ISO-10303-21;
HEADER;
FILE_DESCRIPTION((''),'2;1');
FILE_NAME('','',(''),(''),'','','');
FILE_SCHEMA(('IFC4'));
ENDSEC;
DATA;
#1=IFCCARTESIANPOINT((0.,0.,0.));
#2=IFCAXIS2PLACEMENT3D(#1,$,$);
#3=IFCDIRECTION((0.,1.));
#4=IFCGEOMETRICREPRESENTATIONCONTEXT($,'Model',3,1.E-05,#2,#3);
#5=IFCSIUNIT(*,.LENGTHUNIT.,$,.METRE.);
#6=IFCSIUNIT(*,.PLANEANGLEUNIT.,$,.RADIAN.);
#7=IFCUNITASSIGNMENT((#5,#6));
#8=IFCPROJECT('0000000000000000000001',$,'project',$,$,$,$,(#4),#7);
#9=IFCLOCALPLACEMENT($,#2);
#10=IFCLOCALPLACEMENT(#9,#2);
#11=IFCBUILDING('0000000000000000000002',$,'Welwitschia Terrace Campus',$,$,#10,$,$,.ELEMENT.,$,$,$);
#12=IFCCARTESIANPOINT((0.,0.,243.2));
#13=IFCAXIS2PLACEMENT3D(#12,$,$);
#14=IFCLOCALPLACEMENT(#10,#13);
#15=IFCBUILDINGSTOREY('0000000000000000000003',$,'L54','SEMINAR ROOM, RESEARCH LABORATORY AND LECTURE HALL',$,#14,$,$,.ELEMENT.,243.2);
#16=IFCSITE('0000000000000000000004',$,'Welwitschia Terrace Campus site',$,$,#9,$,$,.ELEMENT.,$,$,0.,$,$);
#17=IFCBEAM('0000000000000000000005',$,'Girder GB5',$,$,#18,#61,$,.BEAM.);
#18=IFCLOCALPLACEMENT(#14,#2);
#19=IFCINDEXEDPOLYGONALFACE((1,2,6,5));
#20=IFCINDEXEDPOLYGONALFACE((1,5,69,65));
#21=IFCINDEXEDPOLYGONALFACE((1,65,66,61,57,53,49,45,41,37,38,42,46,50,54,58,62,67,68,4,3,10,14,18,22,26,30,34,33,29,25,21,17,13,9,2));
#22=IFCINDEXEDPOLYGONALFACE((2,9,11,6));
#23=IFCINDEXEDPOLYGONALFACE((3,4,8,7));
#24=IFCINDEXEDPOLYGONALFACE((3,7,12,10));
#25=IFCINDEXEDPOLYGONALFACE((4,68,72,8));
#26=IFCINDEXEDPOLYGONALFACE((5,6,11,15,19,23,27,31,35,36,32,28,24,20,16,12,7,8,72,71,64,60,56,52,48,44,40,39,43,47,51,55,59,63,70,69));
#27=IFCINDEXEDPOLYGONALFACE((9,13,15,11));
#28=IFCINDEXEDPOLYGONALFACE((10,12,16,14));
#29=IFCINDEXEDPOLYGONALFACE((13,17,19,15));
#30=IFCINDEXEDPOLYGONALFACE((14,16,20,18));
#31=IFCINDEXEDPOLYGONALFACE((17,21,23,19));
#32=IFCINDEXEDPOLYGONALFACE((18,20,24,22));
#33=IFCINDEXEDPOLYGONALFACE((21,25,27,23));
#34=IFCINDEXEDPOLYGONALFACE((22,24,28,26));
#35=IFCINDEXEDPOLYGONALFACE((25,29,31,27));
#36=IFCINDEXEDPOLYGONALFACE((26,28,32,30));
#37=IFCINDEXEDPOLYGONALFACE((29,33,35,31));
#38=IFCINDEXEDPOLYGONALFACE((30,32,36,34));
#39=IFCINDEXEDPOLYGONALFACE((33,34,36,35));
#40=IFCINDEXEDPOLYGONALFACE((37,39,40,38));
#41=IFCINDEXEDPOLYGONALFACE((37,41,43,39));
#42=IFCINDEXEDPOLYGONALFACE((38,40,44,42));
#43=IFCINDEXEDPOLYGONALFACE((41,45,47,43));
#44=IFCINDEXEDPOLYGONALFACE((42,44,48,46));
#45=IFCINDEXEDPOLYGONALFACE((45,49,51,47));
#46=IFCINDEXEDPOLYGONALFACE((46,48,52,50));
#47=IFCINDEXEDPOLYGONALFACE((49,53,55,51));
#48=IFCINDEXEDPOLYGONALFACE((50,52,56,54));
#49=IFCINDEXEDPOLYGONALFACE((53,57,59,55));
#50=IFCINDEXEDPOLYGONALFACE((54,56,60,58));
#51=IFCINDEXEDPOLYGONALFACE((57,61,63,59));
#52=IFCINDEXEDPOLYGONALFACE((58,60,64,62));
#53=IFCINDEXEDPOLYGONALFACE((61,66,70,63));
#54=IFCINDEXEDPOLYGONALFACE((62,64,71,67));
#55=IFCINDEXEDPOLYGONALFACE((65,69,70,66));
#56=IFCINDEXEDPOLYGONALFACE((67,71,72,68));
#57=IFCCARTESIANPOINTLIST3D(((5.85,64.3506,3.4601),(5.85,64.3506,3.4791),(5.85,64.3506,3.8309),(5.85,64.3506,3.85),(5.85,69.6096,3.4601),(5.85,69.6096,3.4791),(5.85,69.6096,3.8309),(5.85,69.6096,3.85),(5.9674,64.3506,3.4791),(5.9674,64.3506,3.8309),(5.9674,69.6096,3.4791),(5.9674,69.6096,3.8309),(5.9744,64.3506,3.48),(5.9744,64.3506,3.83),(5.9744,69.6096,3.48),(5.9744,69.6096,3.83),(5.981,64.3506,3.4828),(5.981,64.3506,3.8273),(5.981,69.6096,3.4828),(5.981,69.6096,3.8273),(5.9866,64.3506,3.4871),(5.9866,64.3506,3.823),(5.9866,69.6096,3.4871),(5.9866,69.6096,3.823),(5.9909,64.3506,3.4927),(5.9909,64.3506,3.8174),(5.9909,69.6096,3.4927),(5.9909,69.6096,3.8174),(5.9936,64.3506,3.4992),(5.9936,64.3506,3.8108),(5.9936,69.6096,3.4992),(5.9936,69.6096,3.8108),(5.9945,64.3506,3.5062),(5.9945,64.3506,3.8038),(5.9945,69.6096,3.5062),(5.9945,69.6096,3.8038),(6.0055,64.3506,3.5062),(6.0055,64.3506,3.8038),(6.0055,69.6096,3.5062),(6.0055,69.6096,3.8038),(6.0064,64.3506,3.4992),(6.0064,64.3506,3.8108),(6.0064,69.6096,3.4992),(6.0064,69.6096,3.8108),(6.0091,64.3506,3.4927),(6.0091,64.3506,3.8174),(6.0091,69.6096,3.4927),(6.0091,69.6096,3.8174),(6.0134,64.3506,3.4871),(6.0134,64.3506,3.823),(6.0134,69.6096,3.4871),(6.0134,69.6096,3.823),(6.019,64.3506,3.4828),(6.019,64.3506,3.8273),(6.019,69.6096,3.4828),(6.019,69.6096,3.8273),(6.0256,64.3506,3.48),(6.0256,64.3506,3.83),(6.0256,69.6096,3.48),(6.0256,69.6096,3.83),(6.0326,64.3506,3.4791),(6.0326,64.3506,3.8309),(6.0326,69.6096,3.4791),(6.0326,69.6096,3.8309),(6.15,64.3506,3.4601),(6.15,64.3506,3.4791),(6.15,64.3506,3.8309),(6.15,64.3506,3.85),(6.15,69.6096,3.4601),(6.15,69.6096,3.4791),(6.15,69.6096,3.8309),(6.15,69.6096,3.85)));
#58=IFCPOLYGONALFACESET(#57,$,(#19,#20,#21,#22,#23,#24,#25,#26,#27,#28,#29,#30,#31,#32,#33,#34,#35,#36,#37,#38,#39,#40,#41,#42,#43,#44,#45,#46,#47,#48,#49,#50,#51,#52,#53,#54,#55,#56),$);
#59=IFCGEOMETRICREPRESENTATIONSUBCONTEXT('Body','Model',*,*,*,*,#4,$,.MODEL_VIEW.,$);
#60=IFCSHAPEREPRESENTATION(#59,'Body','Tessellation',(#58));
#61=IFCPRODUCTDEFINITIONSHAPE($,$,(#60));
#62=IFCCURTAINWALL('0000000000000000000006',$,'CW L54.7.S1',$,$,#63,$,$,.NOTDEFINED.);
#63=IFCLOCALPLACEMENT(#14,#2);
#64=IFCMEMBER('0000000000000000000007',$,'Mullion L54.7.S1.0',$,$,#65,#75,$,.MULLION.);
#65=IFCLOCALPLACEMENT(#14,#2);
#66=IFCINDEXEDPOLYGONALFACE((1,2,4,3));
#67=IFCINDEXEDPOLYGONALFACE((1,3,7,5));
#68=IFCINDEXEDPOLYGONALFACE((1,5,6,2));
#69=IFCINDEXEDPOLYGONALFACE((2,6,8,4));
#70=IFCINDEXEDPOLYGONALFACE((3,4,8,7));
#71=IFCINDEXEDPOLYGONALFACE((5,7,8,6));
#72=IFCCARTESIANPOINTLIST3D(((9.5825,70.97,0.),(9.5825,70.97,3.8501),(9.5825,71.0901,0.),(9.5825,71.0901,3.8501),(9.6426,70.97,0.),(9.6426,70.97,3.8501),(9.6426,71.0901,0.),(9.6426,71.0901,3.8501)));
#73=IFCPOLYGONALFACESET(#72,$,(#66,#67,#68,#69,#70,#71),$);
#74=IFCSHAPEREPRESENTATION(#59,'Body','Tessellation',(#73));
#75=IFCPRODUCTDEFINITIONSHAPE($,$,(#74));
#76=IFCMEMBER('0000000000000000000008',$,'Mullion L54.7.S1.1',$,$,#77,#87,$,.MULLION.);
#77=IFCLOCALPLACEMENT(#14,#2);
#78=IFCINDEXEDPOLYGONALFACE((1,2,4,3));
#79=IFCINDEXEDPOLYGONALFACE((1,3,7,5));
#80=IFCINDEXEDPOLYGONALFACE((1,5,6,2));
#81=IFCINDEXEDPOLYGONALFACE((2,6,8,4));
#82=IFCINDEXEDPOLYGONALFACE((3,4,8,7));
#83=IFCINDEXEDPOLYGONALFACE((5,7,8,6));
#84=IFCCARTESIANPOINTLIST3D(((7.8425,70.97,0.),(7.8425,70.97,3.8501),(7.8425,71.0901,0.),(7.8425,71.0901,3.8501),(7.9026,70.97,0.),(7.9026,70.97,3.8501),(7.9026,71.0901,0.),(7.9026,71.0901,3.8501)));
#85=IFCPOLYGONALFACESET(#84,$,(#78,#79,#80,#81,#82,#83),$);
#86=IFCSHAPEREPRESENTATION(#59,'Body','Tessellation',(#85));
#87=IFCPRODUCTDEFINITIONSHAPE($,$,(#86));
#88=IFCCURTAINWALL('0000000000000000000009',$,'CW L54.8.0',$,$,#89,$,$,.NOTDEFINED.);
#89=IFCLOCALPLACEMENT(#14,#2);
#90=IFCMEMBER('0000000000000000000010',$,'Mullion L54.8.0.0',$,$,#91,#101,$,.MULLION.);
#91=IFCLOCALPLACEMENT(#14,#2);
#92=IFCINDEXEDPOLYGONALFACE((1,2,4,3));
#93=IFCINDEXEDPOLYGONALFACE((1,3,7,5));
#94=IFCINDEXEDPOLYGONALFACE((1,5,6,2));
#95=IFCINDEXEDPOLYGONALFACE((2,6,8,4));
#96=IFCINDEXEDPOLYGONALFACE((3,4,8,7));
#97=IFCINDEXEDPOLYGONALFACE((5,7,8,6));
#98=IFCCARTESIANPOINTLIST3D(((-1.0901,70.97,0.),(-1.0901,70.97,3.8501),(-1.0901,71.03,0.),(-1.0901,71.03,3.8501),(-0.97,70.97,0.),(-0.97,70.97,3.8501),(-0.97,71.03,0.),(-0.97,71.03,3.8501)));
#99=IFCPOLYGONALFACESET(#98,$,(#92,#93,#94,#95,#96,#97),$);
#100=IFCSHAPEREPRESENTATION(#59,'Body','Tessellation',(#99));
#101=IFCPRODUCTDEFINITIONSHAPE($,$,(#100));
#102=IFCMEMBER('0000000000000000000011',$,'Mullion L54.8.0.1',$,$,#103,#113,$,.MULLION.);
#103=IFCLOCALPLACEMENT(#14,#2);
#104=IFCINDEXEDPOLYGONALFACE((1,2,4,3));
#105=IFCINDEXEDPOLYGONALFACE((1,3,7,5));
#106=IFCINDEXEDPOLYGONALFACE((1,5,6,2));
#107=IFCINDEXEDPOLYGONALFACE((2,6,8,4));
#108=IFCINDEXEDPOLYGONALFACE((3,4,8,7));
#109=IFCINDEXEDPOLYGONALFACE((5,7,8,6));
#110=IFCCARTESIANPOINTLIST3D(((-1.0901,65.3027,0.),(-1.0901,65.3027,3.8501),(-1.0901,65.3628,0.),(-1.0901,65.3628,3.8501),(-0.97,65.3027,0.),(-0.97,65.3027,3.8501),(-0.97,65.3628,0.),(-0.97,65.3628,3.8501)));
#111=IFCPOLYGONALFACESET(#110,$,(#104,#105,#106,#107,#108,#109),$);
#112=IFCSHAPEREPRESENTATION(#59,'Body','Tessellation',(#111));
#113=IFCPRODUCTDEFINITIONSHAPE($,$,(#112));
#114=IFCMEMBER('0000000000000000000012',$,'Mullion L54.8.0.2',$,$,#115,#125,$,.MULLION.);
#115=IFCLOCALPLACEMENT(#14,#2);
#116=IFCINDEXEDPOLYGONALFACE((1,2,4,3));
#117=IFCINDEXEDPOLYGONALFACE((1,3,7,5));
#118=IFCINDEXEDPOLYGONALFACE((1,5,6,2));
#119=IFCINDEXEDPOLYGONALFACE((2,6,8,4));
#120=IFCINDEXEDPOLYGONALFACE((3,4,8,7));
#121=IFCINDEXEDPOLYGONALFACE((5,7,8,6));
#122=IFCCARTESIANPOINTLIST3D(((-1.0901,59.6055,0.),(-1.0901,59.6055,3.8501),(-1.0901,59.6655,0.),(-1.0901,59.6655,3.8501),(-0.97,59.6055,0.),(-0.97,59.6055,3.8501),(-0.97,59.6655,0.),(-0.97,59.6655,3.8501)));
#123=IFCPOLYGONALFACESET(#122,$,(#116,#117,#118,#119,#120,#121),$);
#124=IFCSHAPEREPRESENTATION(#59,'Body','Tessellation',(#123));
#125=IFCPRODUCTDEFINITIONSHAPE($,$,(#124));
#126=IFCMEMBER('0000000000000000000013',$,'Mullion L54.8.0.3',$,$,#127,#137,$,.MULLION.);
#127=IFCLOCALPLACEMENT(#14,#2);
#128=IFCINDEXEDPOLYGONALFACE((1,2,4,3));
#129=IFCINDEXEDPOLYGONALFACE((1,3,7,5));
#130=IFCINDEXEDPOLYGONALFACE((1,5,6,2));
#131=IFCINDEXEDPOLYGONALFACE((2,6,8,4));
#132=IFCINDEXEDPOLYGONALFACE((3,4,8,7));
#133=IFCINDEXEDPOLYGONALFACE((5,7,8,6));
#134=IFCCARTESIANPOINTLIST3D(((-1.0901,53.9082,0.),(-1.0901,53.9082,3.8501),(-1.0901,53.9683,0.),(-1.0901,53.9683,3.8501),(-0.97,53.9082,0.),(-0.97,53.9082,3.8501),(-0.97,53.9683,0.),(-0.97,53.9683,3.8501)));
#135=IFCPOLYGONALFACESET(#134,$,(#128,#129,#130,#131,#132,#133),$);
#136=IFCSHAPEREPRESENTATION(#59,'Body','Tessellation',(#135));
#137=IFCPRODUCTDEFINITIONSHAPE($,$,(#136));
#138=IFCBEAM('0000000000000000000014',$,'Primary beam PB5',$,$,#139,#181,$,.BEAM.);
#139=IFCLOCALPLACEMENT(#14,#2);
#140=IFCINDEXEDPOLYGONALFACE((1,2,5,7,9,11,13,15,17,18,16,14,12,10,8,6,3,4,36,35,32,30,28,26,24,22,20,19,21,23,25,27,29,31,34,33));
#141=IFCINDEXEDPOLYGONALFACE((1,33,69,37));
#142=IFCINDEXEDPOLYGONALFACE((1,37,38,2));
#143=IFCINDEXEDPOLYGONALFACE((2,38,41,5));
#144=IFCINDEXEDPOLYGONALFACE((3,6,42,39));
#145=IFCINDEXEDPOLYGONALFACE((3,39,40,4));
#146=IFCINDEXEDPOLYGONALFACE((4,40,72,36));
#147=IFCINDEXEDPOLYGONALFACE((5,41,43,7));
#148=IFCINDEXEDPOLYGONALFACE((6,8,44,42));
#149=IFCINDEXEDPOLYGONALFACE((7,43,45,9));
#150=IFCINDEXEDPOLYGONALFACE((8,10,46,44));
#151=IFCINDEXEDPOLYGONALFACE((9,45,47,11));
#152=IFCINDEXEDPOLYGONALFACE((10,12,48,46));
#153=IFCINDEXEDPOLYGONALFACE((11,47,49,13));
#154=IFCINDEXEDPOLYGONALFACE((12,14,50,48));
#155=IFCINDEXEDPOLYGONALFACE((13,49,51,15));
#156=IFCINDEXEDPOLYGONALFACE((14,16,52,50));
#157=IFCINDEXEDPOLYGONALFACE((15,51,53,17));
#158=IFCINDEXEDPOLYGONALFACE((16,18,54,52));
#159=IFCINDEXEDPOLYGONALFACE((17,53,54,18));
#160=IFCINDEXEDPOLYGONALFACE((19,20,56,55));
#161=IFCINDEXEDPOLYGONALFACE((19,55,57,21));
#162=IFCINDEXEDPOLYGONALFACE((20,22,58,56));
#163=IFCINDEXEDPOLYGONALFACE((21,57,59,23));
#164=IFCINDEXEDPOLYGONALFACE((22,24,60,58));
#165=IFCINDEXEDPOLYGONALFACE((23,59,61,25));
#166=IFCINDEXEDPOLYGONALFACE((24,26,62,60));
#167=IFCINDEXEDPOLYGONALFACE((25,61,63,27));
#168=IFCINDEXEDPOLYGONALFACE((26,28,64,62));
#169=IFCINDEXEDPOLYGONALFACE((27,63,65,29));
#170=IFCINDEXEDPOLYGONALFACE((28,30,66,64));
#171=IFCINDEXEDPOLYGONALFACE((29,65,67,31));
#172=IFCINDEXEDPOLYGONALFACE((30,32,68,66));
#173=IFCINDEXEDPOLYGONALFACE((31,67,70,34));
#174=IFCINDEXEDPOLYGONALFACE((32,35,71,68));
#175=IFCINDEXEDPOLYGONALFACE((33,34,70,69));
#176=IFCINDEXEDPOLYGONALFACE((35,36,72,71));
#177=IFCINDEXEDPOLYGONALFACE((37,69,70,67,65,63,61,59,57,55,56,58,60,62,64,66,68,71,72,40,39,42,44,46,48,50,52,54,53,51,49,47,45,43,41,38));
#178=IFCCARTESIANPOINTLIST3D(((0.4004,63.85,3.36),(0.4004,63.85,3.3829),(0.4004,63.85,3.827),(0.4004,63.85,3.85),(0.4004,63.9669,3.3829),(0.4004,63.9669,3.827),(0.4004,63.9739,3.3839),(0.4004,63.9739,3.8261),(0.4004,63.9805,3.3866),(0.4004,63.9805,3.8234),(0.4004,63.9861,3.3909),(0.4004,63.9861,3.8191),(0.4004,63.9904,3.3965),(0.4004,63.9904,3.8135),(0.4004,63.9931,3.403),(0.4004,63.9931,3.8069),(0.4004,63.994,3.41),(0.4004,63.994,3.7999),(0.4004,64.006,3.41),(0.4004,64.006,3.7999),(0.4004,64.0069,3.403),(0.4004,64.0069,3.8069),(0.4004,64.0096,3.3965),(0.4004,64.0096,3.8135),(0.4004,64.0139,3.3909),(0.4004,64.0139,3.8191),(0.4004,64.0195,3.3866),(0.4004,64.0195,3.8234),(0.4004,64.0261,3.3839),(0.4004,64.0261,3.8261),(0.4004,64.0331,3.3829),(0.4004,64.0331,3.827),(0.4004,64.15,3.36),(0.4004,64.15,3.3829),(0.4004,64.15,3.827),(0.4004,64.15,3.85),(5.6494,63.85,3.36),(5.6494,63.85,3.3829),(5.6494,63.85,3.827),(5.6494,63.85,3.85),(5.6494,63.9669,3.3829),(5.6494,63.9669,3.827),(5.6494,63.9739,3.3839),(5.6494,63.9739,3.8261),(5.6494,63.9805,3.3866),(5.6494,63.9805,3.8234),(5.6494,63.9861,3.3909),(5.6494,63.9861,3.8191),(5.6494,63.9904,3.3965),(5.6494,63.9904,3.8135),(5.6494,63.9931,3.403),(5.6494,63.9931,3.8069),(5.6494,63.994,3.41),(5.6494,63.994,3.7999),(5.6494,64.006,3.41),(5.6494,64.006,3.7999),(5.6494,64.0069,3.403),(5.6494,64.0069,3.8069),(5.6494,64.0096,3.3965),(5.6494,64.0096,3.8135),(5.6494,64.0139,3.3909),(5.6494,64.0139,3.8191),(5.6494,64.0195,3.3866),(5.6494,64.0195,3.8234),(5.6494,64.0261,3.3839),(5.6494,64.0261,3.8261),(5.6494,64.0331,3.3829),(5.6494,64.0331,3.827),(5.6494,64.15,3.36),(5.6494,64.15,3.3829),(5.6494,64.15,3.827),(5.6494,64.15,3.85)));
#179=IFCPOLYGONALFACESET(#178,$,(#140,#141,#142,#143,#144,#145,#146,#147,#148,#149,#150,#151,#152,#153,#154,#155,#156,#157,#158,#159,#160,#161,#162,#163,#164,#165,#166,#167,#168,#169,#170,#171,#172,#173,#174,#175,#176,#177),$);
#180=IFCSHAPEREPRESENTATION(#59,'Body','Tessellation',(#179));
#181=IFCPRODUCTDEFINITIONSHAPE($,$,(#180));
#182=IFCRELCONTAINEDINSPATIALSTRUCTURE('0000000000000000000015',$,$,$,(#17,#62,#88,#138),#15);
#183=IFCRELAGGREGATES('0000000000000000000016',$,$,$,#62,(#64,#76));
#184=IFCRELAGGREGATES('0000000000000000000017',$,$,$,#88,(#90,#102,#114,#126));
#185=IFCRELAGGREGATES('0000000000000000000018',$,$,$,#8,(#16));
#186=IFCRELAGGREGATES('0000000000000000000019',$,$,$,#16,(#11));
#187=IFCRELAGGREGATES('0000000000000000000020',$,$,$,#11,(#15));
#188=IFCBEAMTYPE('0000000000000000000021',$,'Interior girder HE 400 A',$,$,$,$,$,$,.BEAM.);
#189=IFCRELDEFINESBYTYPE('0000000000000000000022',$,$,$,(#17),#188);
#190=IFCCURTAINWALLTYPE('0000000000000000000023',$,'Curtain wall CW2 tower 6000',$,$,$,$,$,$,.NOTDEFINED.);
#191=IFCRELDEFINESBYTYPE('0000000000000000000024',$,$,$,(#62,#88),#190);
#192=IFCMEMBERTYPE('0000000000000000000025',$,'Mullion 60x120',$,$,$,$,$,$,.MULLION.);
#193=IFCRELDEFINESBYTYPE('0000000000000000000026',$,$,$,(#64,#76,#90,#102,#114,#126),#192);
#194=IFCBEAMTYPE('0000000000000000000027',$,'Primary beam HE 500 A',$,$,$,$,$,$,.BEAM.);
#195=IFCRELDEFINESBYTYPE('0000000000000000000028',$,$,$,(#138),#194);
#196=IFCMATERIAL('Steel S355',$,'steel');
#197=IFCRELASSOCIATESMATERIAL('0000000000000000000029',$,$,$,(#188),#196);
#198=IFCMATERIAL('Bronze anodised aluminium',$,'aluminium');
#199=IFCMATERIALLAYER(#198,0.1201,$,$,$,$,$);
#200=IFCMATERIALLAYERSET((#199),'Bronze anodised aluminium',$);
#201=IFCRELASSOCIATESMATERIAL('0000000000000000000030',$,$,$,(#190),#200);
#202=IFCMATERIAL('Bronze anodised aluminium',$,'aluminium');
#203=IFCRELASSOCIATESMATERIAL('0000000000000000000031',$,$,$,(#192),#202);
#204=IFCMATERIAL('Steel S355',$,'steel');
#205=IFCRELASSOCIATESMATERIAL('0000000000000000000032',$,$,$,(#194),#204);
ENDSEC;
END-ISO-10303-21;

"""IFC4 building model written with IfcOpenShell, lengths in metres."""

from ifc_helpers import new_model, si_unit, direction, frame, origin, origin_2d, place, context, subcontext, project, spatial, rectangle, i_section, extrude, material, layer, layer_set, material_profile, profile_set, type_object, element, aggregate, save


model = new_model("IFC4")

# Units and contexts
model_context = context("Model", 3, precision=1e-05, world=origin(), true_north=direction((0.0, 1.0)))
body_context = subcontext(model_context, "Body", "Model", "MODEL_VIEW")
ifc_project = project(units=[si_unit("LENGTHUNIT", "METRE"), si_unit("PLANEANGLEUNIT", "RADIAN")], contexts=[model_context])

# Site, building, storey
site_placement = place(None, origin())
site = spatial("IfcSite", under=ifc_project, at=site_placement, Name="Welwitschia Terrace Campus site", CompositionType="ELEMENT", RefElevation=0.0)
building_placement = place(site_placement, origin())
building = spatial("IfcBuilding", under=site, at=building_placement, Name="Welwitschia Terrace Campus", CompositionType="ELEMENT")
storey_placement = place(building_placement, frame((0.0, 0.0, 243.2)))
storey = spatial("IfcBuildingStorey", under=building, at=storey_placement, Name="L54", Description="SEMINAR ROOM, RESEARCH LABORATORY AND LECTURE HALL", CompositionType="ELEMENT", Elevation=243.2)

# Beam
ifc_material_1 = material(Name="Steel S355", Category="steel")
ifc_material_profile_1 = material_profile(ifc_material_1, i_section(OverallWidth=0.3, OverallDepth=0.3899, WebThickness=0.011, FlangeThickness=0.019, FilletRadius=0.0271, at=origin_2d()))
ifc_profile_set_1 = profile_set([ifc_material_profile_1], Name="Steel S355")
beam_type_1 = type_object("IfcBeamType", Name="Interior girder HE 400 A", PredefinedType="BEAM", material=ifc_profile_set_1)
beam_1_placement = place(storey_placement, frame((6.0, 64.3506, 3.655), z_axis=(0.0, 1.0, 0.0), x_axis=(-1.0, 0.0, 0.0)))
element("IfcBeam", 1, at=beam_1_placement, inside=storey, type_object=beam_type_1, Name="Girder GB5", PredefinedType="BEAM", context=body_context, shape_type="SweptSolid", body=[
    extrude(i_section(OverallWidth=0.3, OverallDepth=0.3899, WebThickness=0.011, FlangeThickness=0.019, FilletRadius=0.0271, at=origin_2d()), origin(), (0.0, 0.0, 1.0), 5.259),
])

# Curtain walls, members
ifc_material_2 = material(Name="Bronze anodised aluminium", Category="aluminium")
ifc_layer_1 = layer(ifc_material_2, 0.1201)
ifc_layer_set_1 = layer_set([ifc_layer_1], Name="Bronze anodised aluminium")
curtain_wall_type = type_object("IfcCurtainWallType", Name="Curtain wall CW2 tower 6000", PredefinedType="NOTDEFINED", material=ifc_layer_set_1)
curtain_wall_1_placement = place(storey_placement, origin())
curtain_wall_1 = element("IfcCurtainWall", 2, at=curtain_wall_1_placement, inside=storey, type_object=curtain_wall_type, Name="CW L54.7.S1", PredefinedType="NOTDEFINED")
ifc_material_3 = material(Name="Bronze anodised aluminium", Category="aluminium")
ifc_material_profile_2 = material_profile(ifc_material_3, rectangle(XDim=0.1201, YDim=0.0601, at=origin_2d()))
ifc_profile_set_2 = profile_set([ifc_material_profile_2], Name="Bronze anodised aluminium")
member_type_1 = type_object("IfcMemberType", Name="Mullion 60x120", PredefinedType="MULLION", material=ifc_profile_set_2)
member_1_placement = place(storey_placement, frame((9.6125, 71.03, 0.0), z_axis=(0.0, 0.0, 1.0), x_axis=(0.0, -1.0, 0.0)))
member_1 = element("IfcMember", 3, at=member_1_placement, type_object=member_type_1, Name="Mullion L54.7.S1.0", PredefinedType="MULLION", context=body_context, shape_type="SweptSolid", body=[
    extrude(rectangle(XDim=0.1201, YDim=0.0601, at=origin_2d()), origin(), (0.0, 0.0, 1.0), 3.8501),
])
member_2_placement = place(storey_placement, frame((7.8726, 71.03, 0.0), z_axis=(0.0, 0.0, 1.0), x_axis=(0.0, -1.0, 0.0)))
member_2 = element("IfcMember", 4, at=member_2_placement, type_object=member_type_1, Name="Mullion L54.7.S1.1", PredefinedType="MULLION", context=body_context, shape_type="SweptSolid", body=[
    extrude(rectangle(XDim=0.1201, YDim=0.0601, at=origin_2d()), origin(), (0.0, 0.0, 1.0), 3.8501),
])
curtain_wall_2_placement = place(storey_placement, origin())
curtain_wall_2 = element("IfcCurtainWall", 5, at=curtain_wall_2_placement, inside=storey, type_object=curtain_wall_type, Name="CW L54.8.0", PredefinedType="NOTDEFINED")
member_3_placement = place(storey_placement, frame((-1.03, 71.0, 0.0), z_axis=(0.0, 0.0, 1.0), x_axis=(1.0, 0.0, 0.0)))
member_3 = element("IfcMember", 6, at=member_3_placement, type_object=member_type_1, Name="Mullion L54.8.0.0", PredefinedType="MULLION", context=body_context, shape_type="SweptSolid", body=[
    extrude(rectangle(XDim=0.1201, YDim=0.0601, at=origin_2d()), origin(), (0.0, 0.0, 1.0), 3.8501),
])
member_4_placement = place(storey_placement, frame((-1.03, 65.3328, 0.0), z_axis=(0.0, 0.0, 1.0), x_axis=(1.0, 0.0, 0.0)))
member_4 = element("IfcMember", 7, at=member_4_placement, type_object=member_type_1, Name="Mullion L54.8.0.1", PredefinedType="MULLION", context=body_context, shape_type="SweptSolid", body=[
    extrude(rectangle(XDim=0.1201, YDim=0.0601, at=origin_2d()), origin(), (0.0, 0.0, 1.0), 3.8501),
])
member_5_placement = place(storey_placement, frame((-1.03, 59.6355, 0.0), z_axis=(0.0, 0.0, 1.0), x_axis=(1.0, 0.0, 0.0)))
member_5 = element("IfcMember", 8, at=member_5_placement, type_object=member_type_1, Name="Mullion L54.8.0.2", PredefinedType="MULLION", context=body_context, shape_type="SweptSolid", body=[
    extrude(rectangle(XDim=0.1201, YDim=0.0601, at=origin_2d()), origin(), (0.0, 0.0, 1.0), 3.8501),
])
member_6_placement = place(storey_placement, frame((-1.03, 53.9382, 0.0), z_axis=(0.0, 0.0, 1.0), x_axis=(1.0, 0.0, 0.0)))
member_6 = element("IfcMember", 9, at=member_6_placement, type_object=member_type_1, Name="Mullion L54.8.0.3", PredefinedType="MULLION", context=body_context, shape_type="SweptSolid", body=[
    extrude(rectangle(XDim=0.1201, YDim=0.0601, at=origin_2d()), origin(), (0.0, 0.0, 1.0), 3.8501),
])

# Beam
ifc_material_4 = material(Name="Steel S355", Category="steel")
ifc_material_profile_3 = material_profile(ifc_material_4, i_section(OverallWidth=0.3, OverallDepth=0.49, WebThickness=0.012, FlangeThickness=0.0229, FilletRadius=0.0271, at=origin_2d()))
ifc_profile_set_3 = profile_set([ifc_material_profile_3], Name="Steel S355")
beam_type_2 = type_object("IfcBeamType", Name="Primary beam HE 500 A", PredefinedType="BEAM", material=ifc_profile_set_3)
for number, where, z_axis, x_axis, name in (
    (10, (0.4004, 64.0, 3.605), (1.0, 0.0, 0.0), (0.0, 1.0, 0.0), "Primary beam PB5"),
):
    element("IfcBeam", number, at=place(storey_placement, frame(where, z_axis=z_axis, x_axis=x_axis)), inside=storey, type_object=beam_type_2, Name=name, PredefinedType="BEAM", context=body_context, shape_type="SweptSolid", body=[
        extrude(i_section(OverallWidth=0.3, OverallDepth=0.49, WebThickness=0.012, FlangeThickness=0.0229, FilletRadius=0.0271, at=origin_2d()), origin(), (0.0, 0.0, 1.0), 5.249),
    ])

aggregate(curtain_wall_1, [member_1, member_2])
aggregate(curtain_wall_2, [member_3, member_4, member_5, member_6])

save(model, "model.ifc")
